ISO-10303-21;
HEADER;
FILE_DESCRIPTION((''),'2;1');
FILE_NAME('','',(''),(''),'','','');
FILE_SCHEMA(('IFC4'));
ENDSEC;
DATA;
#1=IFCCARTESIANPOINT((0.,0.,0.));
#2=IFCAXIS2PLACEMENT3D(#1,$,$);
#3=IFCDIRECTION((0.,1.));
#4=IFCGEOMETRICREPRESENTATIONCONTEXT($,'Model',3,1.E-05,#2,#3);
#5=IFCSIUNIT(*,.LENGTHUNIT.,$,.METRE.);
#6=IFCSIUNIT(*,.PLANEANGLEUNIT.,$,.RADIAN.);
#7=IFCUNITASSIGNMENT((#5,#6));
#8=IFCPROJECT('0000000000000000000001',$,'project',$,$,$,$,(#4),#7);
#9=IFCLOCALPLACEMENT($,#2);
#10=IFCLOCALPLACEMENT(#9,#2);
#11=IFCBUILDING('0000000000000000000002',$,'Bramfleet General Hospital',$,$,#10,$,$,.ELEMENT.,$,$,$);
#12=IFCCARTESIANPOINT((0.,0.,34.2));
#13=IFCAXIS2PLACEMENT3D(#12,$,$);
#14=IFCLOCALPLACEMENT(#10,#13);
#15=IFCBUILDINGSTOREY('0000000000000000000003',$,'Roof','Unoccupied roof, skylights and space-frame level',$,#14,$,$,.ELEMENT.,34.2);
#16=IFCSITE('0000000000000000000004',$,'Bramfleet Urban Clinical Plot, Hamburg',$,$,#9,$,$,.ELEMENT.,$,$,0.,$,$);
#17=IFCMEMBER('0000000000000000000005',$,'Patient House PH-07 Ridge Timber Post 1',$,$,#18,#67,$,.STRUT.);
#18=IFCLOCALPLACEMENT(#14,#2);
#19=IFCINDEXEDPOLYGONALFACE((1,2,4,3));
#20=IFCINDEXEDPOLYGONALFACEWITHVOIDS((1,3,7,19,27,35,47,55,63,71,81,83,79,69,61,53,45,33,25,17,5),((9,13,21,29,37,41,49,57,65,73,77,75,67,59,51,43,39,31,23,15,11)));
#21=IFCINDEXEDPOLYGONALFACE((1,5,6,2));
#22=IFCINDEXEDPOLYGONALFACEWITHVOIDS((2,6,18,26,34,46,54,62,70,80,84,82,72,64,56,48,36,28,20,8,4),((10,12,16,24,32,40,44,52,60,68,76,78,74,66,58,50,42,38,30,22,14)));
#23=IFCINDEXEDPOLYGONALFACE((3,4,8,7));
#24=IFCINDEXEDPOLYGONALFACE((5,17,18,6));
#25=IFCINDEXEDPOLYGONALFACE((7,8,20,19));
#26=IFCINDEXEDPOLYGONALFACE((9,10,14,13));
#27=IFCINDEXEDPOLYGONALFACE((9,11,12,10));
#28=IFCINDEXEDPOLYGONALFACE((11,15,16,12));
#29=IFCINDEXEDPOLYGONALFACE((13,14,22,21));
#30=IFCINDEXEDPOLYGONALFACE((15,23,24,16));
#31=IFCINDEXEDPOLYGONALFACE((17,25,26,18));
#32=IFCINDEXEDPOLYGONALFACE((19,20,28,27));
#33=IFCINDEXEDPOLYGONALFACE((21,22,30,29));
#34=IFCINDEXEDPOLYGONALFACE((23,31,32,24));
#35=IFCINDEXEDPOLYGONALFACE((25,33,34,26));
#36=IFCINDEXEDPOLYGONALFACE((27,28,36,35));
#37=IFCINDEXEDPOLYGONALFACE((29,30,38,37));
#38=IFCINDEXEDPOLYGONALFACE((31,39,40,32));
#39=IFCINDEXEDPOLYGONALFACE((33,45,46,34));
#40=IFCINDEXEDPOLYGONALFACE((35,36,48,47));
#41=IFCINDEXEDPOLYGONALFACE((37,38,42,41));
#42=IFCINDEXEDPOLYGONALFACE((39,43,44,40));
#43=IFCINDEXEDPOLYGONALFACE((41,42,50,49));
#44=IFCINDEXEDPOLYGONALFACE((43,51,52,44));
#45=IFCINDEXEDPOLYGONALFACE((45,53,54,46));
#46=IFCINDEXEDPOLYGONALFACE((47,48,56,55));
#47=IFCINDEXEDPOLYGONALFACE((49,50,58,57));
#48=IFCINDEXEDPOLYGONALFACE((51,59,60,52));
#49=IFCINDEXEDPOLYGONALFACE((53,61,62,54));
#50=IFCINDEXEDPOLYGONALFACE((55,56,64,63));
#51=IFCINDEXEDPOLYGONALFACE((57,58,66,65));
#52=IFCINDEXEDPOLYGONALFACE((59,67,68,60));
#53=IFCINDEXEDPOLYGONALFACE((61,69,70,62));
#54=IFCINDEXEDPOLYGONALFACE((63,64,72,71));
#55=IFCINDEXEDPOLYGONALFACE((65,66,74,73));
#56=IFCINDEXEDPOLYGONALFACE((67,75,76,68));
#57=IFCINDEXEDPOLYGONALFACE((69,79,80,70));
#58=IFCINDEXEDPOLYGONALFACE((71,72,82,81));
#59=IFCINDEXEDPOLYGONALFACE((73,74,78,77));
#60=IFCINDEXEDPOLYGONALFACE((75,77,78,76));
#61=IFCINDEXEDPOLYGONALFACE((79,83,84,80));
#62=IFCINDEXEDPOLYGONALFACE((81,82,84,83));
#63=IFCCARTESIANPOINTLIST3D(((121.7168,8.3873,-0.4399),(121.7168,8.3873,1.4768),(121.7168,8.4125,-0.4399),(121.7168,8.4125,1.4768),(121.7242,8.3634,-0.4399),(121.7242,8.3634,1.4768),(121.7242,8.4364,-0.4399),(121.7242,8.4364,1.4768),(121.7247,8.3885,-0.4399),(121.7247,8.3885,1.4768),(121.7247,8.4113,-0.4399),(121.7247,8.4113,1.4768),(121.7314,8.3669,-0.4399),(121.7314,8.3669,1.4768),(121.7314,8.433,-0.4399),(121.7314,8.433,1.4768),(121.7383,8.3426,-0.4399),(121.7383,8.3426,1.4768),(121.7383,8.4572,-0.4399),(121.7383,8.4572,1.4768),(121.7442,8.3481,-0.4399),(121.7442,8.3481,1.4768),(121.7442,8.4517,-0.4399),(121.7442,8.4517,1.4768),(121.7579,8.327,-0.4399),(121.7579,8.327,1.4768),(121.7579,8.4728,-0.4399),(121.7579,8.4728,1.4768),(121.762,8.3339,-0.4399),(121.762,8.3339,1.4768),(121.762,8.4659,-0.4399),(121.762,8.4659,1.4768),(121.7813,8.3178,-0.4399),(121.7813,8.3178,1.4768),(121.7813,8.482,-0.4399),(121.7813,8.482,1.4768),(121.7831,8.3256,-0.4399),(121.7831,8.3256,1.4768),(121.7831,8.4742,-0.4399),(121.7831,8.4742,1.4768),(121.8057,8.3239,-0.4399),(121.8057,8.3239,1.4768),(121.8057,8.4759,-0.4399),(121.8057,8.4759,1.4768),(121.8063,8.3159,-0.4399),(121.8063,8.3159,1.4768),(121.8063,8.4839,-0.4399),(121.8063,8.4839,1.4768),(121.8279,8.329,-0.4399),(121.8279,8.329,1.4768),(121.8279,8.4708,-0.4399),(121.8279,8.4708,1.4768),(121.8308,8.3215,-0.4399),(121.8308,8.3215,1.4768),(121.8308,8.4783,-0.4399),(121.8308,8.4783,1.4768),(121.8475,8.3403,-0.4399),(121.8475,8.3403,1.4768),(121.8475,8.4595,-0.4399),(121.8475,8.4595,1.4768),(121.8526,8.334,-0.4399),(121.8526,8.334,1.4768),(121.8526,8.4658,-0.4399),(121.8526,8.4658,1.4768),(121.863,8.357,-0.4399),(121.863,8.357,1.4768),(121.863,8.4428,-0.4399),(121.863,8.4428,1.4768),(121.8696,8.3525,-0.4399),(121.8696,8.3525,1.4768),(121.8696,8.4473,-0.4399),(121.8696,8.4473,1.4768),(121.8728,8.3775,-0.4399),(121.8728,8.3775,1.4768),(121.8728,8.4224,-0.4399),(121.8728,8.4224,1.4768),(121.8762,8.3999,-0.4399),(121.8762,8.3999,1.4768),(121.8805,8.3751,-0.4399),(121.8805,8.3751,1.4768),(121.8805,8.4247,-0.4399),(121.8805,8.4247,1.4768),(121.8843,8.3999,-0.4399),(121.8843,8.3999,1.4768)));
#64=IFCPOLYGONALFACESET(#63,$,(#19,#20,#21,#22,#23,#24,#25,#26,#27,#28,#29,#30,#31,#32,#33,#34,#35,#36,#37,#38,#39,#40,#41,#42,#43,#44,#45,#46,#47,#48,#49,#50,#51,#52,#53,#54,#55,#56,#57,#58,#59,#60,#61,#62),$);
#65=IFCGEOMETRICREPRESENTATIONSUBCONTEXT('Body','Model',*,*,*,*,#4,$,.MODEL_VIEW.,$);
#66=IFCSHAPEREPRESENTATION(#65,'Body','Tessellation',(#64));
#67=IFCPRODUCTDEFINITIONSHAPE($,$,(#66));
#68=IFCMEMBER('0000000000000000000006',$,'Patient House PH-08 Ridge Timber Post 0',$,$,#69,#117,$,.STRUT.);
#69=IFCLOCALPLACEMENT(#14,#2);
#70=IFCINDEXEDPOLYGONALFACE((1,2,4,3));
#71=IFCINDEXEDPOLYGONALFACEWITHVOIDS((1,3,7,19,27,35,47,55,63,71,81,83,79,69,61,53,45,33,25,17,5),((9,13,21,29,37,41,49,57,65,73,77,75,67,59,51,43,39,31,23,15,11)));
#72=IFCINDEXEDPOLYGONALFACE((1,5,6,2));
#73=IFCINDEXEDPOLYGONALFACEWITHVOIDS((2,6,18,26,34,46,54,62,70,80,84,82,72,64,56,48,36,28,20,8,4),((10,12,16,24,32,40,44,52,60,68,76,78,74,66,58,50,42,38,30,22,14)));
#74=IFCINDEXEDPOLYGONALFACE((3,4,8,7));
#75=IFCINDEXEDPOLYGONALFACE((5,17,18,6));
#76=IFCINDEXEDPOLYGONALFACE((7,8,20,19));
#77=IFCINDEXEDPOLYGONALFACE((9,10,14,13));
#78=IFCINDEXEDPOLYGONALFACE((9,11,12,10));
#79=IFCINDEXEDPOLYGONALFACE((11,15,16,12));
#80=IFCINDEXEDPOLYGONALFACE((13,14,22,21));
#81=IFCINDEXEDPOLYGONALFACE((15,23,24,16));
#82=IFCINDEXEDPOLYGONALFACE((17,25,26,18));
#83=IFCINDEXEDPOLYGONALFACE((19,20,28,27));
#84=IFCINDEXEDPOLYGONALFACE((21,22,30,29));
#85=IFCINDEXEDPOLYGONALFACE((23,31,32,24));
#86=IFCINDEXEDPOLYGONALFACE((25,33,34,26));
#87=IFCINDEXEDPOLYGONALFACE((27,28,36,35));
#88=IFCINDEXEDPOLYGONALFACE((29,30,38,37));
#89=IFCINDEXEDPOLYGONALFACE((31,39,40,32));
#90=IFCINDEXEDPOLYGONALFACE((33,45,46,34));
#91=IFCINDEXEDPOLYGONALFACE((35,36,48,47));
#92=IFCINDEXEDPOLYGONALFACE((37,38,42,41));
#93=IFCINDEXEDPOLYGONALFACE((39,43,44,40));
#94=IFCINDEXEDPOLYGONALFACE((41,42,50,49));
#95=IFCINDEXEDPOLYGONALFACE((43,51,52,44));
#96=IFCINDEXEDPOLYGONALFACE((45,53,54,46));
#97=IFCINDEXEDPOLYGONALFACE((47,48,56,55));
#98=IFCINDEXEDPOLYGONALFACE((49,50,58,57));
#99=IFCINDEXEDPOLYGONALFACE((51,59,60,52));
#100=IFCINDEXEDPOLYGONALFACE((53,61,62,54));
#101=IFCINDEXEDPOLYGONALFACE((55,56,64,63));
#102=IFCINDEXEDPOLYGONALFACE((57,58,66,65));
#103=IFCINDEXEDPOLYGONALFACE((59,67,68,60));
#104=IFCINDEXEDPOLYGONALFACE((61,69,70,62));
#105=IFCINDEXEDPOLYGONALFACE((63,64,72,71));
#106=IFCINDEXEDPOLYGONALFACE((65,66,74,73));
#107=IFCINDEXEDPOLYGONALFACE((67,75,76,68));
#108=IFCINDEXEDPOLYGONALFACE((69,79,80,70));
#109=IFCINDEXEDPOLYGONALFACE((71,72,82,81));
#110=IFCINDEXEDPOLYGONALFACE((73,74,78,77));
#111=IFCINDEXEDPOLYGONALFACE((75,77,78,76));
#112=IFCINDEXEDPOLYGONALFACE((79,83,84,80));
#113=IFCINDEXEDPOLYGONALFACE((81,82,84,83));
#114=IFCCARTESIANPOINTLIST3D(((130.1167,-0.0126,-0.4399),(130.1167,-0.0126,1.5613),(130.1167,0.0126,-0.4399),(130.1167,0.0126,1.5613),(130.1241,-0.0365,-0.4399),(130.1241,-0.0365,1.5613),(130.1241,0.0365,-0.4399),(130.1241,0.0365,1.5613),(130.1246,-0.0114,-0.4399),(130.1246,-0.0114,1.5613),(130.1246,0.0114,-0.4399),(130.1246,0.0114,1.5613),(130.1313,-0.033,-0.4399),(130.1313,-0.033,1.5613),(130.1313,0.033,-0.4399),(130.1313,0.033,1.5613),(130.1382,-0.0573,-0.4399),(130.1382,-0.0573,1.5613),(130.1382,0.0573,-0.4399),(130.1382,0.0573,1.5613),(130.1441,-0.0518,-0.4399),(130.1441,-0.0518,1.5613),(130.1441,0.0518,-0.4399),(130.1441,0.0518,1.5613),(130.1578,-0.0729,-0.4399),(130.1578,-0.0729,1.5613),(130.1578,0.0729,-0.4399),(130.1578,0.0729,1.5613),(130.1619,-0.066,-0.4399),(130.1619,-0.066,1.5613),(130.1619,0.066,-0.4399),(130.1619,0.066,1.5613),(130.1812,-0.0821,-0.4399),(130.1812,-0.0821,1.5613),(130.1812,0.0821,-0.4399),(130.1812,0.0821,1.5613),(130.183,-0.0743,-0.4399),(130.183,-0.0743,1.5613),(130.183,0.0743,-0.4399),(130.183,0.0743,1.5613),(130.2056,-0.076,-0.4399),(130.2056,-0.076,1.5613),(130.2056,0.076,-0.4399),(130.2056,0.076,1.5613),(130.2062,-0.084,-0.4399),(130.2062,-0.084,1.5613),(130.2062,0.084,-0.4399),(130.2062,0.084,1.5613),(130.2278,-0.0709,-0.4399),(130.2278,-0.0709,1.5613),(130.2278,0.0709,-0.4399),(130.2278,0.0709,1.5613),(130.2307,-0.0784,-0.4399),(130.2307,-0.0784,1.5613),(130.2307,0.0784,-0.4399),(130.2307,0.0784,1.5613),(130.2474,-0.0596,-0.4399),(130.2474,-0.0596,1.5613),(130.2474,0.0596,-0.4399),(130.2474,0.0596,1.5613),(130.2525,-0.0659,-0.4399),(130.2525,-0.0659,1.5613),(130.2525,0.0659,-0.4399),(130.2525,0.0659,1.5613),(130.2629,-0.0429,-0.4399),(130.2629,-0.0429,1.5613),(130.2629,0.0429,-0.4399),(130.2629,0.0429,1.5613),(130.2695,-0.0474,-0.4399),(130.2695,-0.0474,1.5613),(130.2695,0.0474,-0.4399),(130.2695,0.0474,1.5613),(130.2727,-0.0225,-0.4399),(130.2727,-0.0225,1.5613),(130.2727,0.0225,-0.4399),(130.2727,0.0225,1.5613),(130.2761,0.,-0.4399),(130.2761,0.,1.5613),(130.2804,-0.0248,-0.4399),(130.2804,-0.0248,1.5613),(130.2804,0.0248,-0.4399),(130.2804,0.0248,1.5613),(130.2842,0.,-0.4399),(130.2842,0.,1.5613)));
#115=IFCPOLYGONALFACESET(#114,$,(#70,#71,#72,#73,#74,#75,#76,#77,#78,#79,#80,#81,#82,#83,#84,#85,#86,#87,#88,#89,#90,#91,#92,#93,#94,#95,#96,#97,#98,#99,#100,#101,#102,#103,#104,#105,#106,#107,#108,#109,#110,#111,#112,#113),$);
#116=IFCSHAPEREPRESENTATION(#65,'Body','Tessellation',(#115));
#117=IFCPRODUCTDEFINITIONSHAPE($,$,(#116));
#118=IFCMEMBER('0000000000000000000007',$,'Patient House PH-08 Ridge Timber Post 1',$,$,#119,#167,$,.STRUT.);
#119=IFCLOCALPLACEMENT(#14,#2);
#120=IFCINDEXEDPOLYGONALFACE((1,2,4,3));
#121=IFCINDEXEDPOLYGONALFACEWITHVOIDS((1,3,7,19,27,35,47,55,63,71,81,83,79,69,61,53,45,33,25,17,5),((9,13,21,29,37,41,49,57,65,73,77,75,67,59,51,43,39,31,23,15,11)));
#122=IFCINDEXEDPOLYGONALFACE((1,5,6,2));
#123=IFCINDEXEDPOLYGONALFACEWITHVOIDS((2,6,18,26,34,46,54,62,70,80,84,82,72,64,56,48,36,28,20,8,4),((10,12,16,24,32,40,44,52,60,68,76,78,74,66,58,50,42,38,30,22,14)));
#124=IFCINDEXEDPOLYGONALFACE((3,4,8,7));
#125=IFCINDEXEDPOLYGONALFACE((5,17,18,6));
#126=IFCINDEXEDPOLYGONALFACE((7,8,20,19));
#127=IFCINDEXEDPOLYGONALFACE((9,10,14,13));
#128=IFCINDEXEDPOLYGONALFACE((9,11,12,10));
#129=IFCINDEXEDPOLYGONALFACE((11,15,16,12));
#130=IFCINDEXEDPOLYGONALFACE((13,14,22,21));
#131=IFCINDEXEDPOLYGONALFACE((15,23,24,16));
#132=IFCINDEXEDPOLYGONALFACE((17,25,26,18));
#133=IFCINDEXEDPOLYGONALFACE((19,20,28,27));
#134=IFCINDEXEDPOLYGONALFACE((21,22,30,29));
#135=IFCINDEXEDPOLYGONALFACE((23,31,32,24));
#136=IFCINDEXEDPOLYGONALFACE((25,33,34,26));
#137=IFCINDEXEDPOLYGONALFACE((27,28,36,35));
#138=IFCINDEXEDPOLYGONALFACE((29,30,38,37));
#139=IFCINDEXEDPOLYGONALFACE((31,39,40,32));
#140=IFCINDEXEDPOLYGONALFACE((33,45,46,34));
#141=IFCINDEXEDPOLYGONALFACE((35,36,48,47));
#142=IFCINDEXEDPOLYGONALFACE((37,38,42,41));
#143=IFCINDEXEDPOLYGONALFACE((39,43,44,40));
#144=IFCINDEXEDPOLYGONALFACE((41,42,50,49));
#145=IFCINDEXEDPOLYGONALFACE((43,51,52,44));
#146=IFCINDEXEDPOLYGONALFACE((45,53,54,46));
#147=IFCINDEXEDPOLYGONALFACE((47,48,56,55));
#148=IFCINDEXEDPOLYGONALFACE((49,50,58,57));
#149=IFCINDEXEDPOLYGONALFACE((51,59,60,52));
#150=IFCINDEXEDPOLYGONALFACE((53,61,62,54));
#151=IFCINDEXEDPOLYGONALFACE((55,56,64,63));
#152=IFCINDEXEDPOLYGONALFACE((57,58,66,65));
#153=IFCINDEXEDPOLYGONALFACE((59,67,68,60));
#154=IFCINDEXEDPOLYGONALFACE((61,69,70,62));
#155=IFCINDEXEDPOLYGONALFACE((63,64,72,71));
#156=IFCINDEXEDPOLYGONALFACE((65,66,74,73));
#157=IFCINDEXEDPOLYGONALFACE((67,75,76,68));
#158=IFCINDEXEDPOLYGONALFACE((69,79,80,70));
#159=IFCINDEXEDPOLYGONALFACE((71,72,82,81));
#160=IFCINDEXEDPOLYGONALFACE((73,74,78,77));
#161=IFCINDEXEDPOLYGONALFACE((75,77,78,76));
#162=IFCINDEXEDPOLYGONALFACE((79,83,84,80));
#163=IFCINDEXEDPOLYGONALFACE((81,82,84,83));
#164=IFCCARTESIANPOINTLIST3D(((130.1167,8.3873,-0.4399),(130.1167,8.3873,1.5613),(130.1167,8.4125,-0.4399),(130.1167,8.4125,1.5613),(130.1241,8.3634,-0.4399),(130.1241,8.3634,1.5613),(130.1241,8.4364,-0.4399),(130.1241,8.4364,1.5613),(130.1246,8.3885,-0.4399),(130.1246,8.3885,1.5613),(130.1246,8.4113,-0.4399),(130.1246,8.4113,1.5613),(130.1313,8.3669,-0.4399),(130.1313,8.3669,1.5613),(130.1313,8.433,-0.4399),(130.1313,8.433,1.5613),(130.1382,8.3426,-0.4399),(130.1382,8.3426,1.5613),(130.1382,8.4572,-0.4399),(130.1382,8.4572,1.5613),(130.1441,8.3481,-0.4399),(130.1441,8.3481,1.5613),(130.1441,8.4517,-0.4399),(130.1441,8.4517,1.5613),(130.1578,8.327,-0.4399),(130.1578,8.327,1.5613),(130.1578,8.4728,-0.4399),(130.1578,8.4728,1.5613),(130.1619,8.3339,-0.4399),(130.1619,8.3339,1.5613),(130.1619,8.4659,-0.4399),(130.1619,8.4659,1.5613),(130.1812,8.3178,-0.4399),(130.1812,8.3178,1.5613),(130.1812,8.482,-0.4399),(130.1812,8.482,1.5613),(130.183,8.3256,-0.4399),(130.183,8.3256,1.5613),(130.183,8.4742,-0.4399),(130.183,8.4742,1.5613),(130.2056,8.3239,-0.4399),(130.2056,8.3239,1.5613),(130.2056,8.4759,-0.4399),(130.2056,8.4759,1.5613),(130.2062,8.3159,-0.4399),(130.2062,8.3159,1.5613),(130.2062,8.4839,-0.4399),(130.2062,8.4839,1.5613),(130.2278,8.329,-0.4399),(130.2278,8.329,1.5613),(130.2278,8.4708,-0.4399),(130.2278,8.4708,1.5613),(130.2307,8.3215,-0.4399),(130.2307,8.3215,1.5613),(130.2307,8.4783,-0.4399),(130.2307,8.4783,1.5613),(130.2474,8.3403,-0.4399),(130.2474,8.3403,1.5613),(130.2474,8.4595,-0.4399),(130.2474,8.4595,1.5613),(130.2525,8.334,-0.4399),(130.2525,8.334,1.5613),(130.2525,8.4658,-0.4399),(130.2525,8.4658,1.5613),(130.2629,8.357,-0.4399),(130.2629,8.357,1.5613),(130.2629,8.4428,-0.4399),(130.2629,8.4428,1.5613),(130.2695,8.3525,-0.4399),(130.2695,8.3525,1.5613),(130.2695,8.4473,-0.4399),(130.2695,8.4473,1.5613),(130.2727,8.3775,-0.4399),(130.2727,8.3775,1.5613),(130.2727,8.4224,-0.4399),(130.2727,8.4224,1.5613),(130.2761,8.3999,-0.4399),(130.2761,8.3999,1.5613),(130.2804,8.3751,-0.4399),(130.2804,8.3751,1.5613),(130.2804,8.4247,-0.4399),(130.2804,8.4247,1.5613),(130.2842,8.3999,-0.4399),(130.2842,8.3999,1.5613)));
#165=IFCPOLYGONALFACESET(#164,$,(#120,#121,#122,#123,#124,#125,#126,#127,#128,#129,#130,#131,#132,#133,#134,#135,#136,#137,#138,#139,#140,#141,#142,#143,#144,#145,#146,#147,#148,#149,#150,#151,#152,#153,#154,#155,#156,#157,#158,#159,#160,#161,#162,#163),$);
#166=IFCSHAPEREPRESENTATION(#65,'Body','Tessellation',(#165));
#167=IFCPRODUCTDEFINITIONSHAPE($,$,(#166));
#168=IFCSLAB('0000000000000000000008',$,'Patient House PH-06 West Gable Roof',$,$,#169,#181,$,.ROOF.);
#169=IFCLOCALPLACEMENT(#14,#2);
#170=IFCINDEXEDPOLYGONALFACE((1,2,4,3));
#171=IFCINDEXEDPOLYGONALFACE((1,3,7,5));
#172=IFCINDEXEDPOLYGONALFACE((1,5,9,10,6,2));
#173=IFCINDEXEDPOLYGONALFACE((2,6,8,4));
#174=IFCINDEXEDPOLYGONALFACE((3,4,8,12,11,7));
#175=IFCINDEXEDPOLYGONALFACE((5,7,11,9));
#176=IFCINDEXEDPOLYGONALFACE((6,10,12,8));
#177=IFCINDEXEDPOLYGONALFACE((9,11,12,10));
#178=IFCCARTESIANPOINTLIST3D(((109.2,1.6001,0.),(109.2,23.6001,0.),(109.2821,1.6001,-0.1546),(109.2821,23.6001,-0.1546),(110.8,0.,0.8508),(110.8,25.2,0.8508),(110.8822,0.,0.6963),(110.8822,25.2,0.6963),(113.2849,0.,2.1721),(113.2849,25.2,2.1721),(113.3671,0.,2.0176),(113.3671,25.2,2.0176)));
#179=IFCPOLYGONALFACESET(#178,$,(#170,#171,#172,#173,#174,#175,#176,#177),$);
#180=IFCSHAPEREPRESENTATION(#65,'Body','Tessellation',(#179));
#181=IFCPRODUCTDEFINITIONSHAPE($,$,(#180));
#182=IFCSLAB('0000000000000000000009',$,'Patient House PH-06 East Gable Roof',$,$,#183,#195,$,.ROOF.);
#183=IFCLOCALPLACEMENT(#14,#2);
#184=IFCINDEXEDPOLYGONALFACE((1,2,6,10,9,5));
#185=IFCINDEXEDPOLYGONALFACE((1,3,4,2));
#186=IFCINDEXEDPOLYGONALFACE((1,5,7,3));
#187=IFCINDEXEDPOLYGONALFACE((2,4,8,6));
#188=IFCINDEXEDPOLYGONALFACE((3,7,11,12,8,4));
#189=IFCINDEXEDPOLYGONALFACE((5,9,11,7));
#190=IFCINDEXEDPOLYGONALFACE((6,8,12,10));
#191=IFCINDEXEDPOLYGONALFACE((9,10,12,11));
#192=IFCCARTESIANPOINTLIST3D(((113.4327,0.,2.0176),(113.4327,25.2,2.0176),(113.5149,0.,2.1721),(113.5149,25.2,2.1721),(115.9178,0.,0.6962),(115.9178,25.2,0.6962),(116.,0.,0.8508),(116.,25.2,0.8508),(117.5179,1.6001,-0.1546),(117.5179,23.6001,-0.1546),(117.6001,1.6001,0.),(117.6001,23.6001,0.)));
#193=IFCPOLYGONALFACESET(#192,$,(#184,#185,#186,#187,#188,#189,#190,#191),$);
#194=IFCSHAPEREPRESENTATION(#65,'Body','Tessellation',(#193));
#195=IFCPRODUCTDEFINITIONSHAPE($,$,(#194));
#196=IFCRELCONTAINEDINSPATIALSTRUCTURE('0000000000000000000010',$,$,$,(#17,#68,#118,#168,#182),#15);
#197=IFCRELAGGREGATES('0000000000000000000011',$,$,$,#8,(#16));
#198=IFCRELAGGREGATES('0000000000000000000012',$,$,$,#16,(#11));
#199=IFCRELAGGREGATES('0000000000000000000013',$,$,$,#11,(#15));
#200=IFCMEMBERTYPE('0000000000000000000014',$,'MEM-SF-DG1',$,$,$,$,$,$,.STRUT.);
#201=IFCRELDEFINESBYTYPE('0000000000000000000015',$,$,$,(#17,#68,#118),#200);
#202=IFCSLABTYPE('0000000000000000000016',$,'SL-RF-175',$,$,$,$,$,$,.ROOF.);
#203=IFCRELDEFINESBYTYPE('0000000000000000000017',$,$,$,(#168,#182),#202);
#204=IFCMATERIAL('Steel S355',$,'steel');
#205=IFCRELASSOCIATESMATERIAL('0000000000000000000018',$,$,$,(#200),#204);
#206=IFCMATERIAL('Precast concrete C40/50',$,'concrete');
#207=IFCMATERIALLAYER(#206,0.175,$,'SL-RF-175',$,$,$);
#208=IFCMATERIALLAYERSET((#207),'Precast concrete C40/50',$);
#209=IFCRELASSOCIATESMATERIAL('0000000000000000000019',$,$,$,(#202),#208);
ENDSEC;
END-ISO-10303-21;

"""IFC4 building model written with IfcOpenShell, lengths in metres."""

from ifc_helpers import new_model, si_unit, direction, frame, origin, origin_2d, place, context, subcontext, project, spatial, polyline, hollow_circle, outline, extrude, material, layer, layer_set, material_profile, profile_set, type_object, element, save


model = new_model("IFC4")

# Units and contexts
model_context = context("Model", 3, precision=1e-05, world=origin(), true_north=direction((0.0, 1.0)))
body_context = subcontext(model_context, "Body", "Model", "MODEL_VIEW")
ifc_project = project(units=[si_unit("LENGTHUNIT", "METRE"), si_unit("PLANEANGLEUNIT", "RADIAN")], contexts=[model_context])

# Site, building, storey
site_placement = place(None, origin())
site = spatial("IfcSite", under=ifc_project, at=site_placement, Name="Bramfleet Urban Clinical Plot, Hamburg", CompositionType="ELEMENT", RefElevation=0.0)
building_placement = place(site_placement, origin())
building = spatial("IfcBuilding", under=site, at=building_placement, Name="Bramfleet General Hospital", CompositionType="ELEMENT")
storey_placement = place(building_placement, frame((0.0, 0.0, 34.2)))
storey = spatial("IfcBuildingStorey", under=building, at=storey_placement, Name="Roof", Description="Unoccupied roof, skylights and space-frame level", CompositionType="ELEMENT", Elevation=34.2)

# Members
ifc_material_1 = material(Name="Steel S355", Category="steel")
ifc_material_profile_1 = material_profile(ifc_material_1, hollow_circle(Radius=0.0842, WallThickness=0.0081, at=origin_2d()), Name="CHS 168.3x8.0")
ifc_profile_set_1 = profile_set([ifc_material_profile_1], Name="Steel S355")
member_type_1 = type_object("IfcMemberType", Name="MEM-SF-DG1", PredefinedType="STRUT", material=ifc_profile_set_1)
for number, where, z_axis, x_axis, name in (
    (1, (121.8, 8.3999, -0.4399), (0.0, 0.0, 1.0), (1.0, 0.0, 0.0), "Patient House PH-07 Ridge Timber Post 1"),
):
    element("IfcMember", number, at=place(storey_placement, frame(where, z_axis=z_axis, x_axis=x_axis)), inside=storey, type_object=member_type_1, Name=name, PredefinedType="STRUT", context=body_context, shape_type="SweptSolid", body=[
        extrude(hollow_circle(Radius=0.0842, WallThickness=0.0081, at=origin_2d()), origin(), (0.0, 0.0, 1.0), 1.9167),
    ])
for number, where, z_axis, x_axis, name in (
    (2, (130.2, 0.0, -0.4399), (0.0, 0.0, 1.0), (1.0, 0.0, 0.0), "Patient House PH-08 Ridge Timber Post 0"),
    (3, (130.2, 8.3999, -0.4399), (0.0, 0.0, 1.0), (1.0, 0.0, 0.0), "Patient House PH-08 Ridge Timber Post 1"),
):
    element("IfcMember", number, at=place(storey_placement, frame(where, z_axis=z_axis, x_axis=x_axis)), inside=storey, type_object=member_type_1, Name=name, PredefinedType="STRUT", context=body_context, shape_type="SweptSolid", body=[
        extrude(hollow_circle(Radius=0.0842, WallThickness=0.0081, at=origin_2d()), origin(), (0.0, 0.0, 1.0), 2.0012),
    ])

# Slabs
ifc_material_2 = material(Name="Precast concrete C40/50", Category="concrete")
ifc_layer_1 = layer(ifc_material_2, 0.175, Name="SL-RF-175")
ifc_layer_set_1 = layer_set([ifc_layer_1], Name="Precast concrete C40/50")
slab_type_1 = type_object("IfcSlabType", Name="SL-RF-175", PredefinedType="ROOF", material=ifc_layer_set_1)
slab_1_placement = place(storey_placement, frame((110.8, 0.0, 0.8508), z_axis=(-0.46949, 0.0, 0.882938), x_axis=(0.882938, 0.0, 0.46949)))
element("IfcSlab", 4, at=slab_1_placement, inside=storey, type_object=slab_type_1, Name="Patient House PH-06 West Gable Roof", PredefinedType="ROOF", context=body_context, shape_type="SweptSolid", body=[
    extrude(outline(polyline([(0.0, 0.0), (2.8143, 0.0), (2.8143, 25.2), (0.0, 25.2), (-1.8122, 23.6001), (-1.8122, 1.6001), (0.0, 0.0)])), origin(), (0.0, 0.0, -1.0), 0.175),
])
slab_2_placement = place(storey_placement, frame((113.5149, 0.0, 2.1721), z_axis=(0.469467, 0.0, 0.88295), x_axis=(0.88295, 0.0, -0.469467)))
element("IfcSlab", 5, at=slab_2_placement, inside=storey, type_object=slab_type_1, Name="Patient House PH-06 East Gable Roof", PredefinedType="ROOF", context=body_context, shape_type="SweptSolid", body=[
    extrude(outline(polyline([(0.0, 0.0), (2.8145, 0.0), (4.6268, 1.6001), (4.6268, 23.6001), (2.8145, 25.2), (0.0, 25.2), (0.0, 0.0)])), origin(), (0.0, 0.0, -1.0), 0.175),
])

save(model, "model.ifc")
